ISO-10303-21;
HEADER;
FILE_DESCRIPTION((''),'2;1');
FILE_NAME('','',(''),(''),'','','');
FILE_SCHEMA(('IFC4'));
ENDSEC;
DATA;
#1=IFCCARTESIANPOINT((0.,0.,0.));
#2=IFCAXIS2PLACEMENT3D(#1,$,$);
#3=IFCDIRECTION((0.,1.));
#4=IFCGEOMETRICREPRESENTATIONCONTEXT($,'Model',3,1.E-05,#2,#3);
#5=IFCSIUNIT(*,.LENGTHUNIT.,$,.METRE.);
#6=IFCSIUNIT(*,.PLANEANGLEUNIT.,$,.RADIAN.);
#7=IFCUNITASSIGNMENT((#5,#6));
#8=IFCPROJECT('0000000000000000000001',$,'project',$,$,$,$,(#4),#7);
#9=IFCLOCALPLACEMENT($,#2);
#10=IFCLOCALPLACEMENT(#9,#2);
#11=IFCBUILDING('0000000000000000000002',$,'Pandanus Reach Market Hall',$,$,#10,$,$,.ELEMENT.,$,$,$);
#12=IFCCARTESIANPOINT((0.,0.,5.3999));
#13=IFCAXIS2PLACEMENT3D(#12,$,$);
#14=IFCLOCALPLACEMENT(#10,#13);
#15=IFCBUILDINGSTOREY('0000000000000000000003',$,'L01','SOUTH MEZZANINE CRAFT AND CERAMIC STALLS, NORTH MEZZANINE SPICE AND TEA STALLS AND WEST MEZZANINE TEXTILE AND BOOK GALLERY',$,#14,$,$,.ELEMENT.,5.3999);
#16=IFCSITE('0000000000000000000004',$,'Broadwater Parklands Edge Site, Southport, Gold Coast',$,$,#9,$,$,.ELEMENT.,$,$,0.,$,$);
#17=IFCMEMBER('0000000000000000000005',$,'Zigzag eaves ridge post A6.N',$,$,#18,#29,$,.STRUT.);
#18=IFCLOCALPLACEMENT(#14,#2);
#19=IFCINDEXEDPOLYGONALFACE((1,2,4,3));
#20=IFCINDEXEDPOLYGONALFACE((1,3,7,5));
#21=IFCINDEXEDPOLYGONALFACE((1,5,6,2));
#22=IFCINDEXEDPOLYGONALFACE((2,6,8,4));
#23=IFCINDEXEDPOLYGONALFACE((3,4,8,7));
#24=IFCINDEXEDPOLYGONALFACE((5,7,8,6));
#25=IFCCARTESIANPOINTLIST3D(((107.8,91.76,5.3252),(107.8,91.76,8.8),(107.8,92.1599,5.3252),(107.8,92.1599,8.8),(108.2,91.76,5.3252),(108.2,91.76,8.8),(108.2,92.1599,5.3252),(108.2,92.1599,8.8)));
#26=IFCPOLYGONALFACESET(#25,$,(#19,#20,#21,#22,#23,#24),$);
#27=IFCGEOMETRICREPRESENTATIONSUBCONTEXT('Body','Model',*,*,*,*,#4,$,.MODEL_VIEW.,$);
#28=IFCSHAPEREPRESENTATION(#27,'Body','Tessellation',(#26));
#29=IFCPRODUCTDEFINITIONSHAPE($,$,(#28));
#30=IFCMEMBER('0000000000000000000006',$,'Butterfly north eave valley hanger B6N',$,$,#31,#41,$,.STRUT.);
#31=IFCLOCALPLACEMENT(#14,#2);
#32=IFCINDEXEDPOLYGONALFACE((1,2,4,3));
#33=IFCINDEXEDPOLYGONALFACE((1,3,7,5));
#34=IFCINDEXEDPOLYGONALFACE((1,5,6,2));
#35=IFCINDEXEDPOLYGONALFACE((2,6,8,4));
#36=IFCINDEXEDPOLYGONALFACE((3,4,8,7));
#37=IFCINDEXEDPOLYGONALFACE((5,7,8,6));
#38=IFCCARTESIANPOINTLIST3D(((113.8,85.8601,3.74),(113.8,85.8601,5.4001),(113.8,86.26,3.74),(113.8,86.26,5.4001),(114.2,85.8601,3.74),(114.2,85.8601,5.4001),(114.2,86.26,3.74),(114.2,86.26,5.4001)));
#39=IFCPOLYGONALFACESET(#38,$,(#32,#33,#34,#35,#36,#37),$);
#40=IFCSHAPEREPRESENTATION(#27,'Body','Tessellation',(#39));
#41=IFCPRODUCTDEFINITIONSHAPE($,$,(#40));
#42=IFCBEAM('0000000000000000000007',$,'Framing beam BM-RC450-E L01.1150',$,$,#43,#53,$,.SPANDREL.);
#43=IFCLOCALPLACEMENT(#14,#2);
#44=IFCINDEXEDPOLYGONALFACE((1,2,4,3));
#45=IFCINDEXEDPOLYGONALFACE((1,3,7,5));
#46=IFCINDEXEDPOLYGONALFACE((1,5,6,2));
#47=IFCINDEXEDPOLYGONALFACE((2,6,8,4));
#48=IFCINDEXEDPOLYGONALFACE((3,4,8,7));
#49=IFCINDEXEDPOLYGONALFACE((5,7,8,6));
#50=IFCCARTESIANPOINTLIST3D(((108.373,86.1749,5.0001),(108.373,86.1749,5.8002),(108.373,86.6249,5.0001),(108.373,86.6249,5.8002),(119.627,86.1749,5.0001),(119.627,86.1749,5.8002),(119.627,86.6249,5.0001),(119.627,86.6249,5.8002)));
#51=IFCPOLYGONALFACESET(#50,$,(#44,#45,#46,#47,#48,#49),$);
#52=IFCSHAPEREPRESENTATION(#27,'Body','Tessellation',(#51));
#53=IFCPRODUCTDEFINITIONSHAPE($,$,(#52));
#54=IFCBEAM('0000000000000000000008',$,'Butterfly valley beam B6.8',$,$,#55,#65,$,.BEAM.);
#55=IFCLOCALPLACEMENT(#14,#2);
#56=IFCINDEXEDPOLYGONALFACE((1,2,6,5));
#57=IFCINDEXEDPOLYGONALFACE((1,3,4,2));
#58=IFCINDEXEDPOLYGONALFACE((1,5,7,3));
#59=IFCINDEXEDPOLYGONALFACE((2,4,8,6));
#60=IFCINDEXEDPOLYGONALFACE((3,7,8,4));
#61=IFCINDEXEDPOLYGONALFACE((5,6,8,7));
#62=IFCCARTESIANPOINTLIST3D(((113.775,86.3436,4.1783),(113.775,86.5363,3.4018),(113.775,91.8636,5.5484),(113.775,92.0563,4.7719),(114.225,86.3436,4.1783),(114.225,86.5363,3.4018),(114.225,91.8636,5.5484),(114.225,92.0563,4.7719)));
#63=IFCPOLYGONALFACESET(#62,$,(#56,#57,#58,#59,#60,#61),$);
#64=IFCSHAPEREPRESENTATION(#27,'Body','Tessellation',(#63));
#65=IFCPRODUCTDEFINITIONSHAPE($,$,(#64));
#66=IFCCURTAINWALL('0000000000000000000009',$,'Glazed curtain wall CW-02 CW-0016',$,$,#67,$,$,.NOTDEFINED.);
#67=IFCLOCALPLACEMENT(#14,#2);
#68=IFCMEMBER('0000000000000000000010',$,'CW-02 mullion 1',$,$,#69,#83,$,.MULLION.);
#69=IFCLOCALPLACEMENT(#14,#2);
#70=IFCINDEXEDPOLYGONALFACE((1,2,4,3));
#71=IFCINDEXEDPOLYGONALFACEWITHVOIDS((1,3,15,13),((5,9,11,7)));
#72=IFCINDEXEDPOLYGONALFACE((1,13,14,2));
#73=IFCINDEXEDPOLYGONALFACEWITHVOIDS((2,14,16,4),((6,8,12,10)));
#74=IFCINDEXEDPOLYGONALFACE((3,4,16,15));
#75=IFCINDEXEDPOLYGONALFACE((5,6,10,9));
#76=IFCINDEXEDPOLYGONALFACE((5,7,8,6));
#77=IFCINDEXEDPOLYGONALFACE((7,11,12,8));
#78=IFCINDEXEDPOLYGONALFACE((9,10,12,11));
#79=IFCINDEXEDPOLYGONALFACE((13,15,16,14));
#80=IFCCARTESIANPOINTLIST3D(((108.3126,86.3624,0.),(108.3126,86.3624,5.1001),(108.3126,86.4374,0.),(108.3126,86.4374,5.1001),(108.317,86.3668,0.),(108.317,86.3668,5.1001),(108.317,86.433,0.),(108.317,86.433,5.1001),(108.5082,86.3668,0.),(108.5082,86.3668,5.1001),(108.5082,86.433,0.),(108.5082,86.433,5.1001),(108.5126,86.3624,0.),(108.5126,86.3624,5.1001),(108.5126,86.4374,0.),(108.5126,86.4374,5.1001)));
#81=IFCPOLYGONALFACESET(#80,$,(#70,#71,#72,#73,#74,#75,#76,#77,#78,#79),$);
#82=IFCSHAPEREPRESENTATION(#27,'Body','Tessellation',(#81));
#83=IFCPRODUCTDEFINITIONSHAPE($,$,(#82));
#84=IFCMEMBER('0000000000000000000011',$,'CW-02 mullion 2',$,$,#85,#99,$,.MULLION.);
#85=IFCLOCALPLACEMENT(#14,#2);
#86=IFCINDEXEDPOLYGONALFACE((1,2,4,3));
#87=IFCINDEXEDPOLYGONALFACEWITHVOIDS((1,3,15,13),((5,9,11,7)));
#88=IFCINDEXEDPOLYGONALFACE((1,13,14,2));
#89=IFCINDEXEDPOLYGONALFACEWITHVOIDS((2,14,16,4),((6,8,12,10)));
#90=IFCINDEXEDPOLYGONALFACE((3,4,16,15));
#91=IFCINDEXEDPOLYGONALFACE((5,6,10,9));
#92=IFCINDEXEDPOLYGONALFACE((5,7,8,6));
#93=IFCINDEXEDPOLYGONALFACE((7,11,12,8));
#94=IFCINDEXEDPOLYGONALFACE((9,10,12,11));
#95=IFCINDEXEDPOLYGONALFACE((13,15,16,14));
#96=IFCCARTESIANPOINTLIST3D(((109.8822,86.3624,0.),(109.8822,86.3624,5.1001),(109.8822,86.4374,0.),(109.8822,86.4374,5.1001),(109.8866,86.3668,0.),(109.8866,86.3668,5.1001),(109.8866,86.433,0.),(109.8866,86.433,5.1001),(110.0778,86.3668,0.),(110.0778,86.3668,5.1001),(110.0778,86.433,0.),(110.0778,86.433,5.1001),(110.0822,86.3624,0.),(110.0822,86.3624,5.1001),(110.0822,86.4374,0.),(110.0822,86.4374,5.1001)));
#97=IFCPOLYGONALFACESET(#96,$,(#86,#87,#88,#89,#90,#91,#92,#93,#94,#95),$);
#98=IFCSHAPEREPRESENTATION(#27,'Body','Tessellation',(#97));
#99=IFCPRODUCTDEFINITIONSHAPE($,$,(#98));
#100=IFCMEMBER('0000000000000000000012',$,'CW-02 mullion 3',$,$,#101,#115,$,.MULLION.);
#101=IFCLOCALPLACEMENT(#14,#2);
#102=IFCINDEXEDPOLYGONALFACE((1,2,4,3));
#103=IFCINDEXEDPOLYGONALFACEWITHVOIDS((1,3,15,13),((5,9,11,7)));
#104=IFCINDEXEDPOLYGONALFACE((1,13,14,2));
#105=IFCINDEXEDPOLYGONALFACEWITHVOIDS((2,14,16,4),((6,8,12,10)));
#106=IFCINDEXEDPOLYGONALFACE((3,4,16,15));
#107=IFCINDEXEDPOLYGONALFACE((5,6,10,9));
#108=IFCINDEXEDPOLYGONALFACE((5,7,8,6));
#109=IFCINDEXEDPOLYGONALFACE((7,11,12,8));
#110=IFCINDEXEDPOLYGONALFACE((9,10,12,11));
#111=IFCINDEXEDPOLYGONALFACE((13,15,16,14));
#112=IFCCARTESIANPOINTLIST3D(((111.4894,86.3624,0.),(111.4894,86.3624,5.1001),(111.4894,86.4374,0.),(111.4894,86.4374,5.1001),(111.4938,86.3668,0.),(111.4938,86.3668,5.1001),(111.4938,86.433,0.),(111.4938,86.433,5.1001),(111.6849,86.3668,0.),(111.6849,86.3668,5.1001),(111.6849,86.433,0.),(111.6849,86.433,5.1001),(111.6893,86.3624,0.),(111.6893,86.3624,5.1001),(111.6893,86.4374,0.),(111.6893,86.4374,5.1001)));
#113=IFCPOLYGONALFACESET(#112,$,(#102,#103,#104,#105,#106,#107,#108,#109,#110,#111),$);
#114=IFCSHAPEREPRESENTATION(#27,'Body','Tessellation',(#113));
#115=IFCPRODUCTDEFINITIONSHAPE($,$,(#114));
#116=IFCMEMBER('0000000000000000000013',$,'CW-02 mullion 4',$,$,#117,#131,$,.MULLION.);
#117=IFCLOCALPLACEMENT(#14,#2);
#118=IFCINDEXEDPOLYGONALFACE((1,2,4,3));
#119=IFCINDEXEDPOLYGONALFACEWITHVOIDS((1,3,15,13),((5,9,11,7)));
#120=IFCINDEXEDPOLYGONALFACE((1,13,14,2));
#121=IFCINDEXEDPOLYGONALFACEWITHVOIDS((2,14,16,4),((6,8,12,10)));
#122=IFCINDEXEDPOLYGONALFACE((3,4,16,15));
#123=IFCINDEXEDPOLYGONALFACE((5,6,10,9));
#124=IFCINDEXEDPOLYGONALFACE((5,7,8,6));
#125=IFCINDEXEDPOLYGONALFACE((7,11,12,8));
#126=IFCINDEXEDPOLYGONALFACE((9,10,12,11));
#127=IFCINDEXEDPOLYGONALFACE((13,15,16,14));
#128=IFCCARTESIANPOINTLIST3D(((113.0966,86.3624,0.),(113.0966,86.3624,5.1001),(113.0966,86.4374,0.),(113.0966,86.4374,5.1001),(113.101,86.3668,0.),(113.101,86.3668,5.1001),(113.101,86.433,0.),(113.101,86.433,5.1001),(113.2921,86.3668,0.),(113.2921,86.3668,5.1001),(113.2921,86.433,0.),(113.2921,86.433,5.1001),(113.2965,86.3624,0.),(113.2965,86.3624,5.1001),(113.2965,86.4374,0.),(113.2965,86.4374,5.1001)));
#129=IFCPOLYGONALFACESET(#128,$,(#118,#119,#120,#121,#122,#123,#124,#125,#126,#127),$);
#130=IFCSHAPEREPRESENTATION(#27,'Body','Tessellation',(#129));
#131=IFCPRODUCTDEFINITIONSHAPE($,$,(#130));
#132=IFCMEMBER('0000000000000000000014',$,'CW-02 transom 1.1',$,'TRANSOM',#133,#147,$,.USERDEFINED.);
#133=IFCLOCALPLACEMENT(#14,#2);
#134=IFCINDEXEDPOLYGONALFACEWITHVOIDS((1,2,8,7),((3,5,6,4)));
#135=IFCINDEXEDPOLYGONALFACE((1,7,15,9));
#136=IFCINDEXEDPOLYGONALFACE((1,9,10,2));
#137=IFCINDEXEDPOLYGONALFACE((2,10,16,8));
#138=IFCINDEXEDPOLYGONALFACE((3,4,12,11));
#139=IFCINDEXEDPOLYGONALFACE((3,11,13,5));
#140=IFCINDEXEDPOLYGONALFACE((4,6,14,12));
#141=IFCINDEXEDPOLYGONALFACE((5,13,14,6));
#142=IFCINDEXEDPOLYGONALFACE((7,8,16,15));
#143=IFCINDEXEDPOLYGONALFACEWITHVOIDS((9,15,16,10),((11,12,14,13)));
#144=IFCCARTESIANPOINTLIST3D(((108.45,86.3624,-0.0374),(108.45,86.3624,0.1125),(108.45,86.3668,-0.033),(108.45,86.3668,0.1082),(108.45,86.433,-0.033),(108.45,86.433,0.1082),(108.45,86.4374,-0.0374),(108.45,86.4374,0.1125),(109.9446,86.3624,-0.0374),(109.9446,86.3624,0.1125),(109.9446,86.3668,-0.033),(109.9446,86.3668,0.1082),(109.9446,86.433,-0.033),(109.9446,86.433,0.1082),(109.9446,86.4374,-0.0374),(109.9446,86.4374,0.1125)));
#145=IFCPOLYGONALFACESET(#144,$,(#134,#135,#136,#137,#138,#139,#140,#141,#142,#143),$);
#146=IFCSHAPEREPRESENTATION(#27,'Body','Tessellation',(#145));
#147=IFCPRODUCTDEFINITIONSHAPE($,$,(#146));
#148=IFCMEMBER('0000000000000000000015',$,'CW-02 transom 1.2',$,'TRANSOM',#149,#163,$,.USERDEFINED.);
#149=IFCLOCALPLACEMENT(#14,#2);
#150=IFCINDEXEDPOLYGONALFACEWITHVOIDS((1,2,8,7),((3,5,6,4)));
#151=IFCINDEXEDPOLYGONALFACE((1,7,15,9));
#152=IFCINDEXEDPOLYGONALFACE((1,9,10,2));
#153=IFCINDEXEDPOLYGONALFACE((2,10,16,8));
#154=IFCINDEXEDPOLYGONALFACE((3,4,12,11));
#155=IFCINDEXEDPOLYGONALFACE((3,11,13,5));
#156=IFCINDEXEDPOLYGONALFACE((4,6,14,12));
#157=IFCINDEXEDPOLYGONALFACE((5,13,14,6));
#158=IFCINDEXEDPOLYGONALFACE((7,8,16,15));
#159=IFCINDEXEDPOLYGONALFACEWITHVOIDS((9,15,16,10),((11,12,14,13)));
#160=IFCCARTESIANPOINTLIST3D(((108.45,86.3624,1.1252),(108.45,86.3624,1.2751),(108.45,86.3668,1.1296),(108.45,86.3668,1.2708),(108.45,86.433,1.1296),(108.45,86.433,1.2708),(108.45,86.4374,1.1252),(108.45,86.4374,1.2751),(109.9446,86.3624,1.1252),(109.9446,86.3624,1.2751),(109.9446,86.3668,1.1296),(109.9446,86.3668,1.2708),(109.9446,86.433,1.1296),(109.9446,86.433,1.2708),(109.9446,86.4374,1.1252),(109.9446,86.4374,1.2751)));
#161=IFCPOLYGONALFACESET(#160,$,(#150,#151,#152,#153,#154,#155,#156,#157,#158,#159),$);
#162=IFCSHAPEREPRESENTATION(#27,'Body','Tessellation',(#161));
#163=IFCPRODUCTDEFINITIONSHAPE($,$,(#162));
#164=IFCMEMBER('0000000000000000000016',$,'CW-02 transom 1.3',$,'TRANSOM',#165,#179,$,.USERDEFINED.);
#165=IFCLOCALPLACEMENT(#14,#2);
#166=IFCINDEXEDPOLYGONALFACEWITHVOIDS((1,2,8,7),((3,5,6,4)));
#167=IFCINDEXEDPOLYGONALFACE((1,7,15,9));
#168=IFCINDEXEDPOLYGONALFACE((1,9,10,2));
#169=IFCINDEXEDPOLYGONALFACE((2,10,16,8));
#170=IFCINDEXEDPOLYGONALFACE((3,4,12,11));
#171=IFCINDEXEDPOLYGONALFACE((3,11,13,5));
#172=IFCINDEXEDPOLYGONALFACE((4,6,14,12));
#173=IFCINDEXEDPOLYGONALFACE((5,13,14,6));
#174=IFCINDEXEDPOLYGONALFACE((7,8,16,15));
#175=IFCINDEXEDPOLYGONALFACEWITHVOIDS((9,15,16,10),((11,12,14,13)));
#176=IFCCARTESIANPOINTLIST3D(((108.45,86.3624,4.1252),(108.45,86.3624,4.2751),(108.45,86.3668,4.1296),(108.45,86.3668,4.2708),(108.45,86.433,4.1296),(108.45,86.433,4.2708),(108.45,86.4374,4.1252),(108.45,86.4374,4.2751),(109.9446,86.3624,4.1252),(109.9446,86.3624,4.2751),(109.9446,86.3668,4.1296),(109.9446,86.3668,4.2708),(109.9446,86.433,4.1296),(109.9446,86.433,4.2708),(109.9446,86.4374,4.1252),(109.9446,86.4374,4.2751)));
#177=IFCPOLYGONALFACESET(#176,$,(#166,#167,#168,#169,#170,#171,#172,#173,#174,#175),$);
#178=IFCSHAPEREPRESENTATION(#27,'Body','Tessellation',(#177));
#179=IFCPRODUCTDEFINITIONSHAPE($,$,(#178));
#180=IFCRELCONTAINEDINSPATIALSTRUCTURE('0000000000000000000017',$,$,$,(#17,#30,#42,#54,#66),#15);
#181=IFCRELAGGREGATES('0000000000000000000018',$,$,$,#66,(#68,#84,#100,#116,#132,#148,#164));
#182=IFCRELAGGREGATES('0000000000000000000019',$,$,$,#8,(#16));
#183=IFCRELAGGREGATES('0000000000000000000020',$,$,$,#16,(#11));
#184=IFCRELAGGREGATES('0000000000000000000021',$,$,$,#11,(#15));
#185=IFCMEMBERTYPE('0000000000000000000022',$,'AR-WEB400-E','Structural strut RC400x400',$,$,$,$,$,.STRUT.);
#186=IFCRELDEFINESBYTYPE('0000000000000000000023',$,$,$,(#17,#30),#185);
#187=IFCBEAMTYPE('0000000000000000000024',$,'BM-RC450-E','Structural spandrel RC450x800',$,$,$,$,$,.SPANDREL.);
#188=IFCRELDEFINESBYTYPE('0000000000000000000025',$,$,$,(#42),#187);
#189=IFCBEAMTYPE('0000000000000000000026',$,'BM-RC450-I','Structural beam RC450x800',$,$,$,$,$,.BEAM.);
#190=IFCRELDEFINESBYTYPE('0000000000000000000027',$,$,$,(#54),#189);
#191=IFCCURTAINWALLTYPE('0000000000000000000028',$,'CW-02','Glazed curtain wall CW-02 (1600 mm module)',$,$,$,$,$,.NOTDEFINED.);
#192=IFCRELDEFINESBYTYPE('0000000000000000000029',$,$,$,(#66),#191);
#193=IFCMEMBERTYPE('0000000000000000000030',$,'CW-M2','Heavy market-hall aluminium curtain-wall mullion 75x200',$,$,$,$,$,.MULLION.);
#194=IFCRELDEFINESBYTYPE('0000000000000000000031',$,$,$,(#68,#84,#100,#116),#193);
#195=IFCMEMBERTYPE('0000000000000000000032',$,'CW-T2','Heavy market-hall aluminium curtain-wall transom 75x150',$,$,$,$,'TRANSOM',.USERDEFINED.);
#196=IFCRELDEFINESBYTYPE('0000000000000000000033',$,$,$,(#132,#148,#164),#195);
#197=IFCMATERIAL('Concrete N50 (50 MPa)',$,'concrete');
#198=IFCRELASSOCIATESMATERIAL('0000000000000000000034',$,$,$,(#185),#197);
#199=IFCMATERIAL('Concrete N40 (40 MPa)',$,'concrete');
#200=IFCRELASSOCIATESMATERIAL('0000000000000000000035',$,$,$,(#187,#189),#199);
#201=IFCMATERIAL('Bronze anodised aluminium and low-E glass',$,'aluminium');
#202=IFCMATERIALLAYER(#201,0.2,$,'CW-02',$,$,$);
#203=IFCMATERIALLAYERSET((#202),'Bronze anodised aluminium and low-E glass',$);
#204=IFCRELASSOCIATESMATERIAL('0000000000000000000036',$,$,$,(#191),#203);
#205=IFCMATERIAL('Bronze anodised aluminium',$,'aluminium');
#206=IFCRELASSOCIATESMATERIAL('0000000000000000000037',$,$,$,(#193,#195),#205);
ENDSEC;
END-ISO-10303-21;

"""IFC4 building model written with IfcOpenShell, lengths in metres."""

from ifc_helpers import new_model, si_unit, direction, frame, origin, origin_2d, place, context, subcontext, project, spatial, rectangle, hollow_rectangle, extrude, material, layer, layer_set, material_profile, profile_set, type_object, element, aggregate, save


model = new_model("IFC4")

# Units and contexts
model_context = context("Model", 3, precision=1e-05, world=origin(), true_north=direction((0.0, 1.0)))
body_context = subcontext(model_context, "Body", "Model", "MODEL_VIEW")
ifc_project = project(units=[si_unit("LENGTHUNIT", "METRE"), si_unit("PLANEANGLEUNIT", "RADIAN")], contexts=[model_context])

# Site, building, storey
site_placement = place(None, origin())
site = spatial("IfcSite", under=ifc_project, at=site_placement, Name="Broadwater Parklands Edge Site, Southport, Gold Coast", CompositionType="ELEMENT", RefElevation=0.0)
building_placement = place(site_placement, origin())
building = spatial("IfcBuilding", under=site, at=building_placement, Name="Pandanus Reach Market Hall", CompositionType="ELEMENT")
storey_placement = place(building_placement, frame((0.0, 0.0, 5.3999)))
storey = spatial("IfcBuildingStorey", under=building, at=storey_placement, Name="L01", Description="SOUTH MEZZANINE CRAFT AND CERAMIC STALLS, NORTH MEZZANINE SPICE AND TEA STALLS AND WEST MEZZANINE TEXTILE AND BOOK GALLERY", CompositionType="ELEMENT", Elevation=5.3999)

# Members
ifc_material_1 = material(Name="Concrete N50 (50 MPa)", Category="concrete")
ifc_material_profile_1 = material_profile(ifc_material_1, rectangle(XDim=0.3999, YDim=0.3999, at=origin_2d()), Name="RC400x400", Category="LoadBearing")
ifc_profile_set_1 = profile_set([ifc_material_profile_1], Name="Concrete N50 (50 MPa)")
member_type_1 = type_object("IfcMemberType", Name="AR-WEB400-E", Description="Structural strut RC400x400", PredefinedType="STRUT", material=ifc_profile_set_1)
member_1_placement = place(storey_placement, frame((108.0, 91.96, 5.3252), z_axis=(0.0, 0.0, 1.0), x_axis=(1.0, 0.0, 0.0)))
element("IfcMember", 1, at=member_1_placement, inside=storey, type_object=member_type_1, Name="Zigzag eaves ridge post A6.N", PredefinedType="STRUT", context=body_context, shape_type="SweptSolid", body=[
    extrude(rectangle(XDim=0.3999, YDim=0.3999, at=origin_2d()), origin(), (0.0, 0.0, 1.0), 3.4749),
])
member_2_placement = place(storey_placement, frame((114.0, 86.0601, 3.74), z_axis=(0.0, 0.0, 1.0), x_axis=(1.0, 0.0, 0.0)))
element("IfcMember", 2, at=member_2_placement, inside=storey, type_object=member_type_1, Name="Butterfly north eave valley hanger B6N", PredefinedType="STRUT", context=body_context, shape_type="SweptSolid", body=[
    extrude(rectangle(XDim=0.3999, YDim=0.3999, at=origin_2d()), origin(), (0.0, 0.0, 1.0), 1.6602),
])

# Beams
ifc_material_2 = material(Name="Concrete N40 (40 MPa)", Category="concrete")
ifc_material_profile_2 = material_profile(ifc_material_2, rectangle(XDim=0.45, YDim=0.8, at=origin_2d()), Name="RC450x800", Category="LoadBearing")
ifc_profile_set_2 = profile_set([ifc_material_profile_2], Name="Concrete N40 (40 MPa)")
beam_type_1 = type_object("IfcBeamType", Name="BM-RC450-E", Description="Structural spandrel RC450x800", PredefinedType="SPANDREL", material=ifc_profile_set_2)
beam_1_placement = place(storey_placement, frame((108.373, 86.3999, 5.4001), z_axis=(1.0, 0.0, 0.0), x_axis=(0.0, 1.0, 0.0)))
element("IfcBeam", 3, at=beam_1_placement, inside=storey, type_object=beam_type_1, Name="Framing beam BM-RC450-E L01.1150", PredefinedType="SPANDREL", context=body_context, shape_type="SweptSolid", body=[
    extrude(rectangle(XDim=0.45, YDim=0.8, at=origin_2d()), origin(), (0.0, 0.0, 1.0), 11.2539),
])
ifc_material_profile_3 = material_profile(ifc_material_2, rectangle(XDim=0.45, YDim=0.8, at=origin_2d()), Name="RC450x800", Category="LoadBearing")
ifc_profile_set_3 = profile_set([ifc_material_profile_3], Name="Concrete N40 (40 MPa)")
beam_type_2 = type_object("IfcBeamType", Name="BM-RC450-I", Description="Structural beam RC450x800", PredefinedType="BEAM", material=ifc_profile_set_3)
beam_2_placement = place(storey_placement, frame((114.0, 86.4399, 3.79), z_axis=(0.0, 0.97055, 0.240899), x_axis=(-1.0, 0.0, 0.0)))
element("IfcBeam", 4, at=beam_2_placement, inside=storey, type_object=beam_type_2, Name="Butterfly valley beam B6.8", PredefinedType="BEAM", context=body_context, shape_type="SweptSolid", body=[
    extrude(rectangle(XDim=0.45, YDim=0.8, at=origin_2d()), origin(), (0.0, 0.0, 1.0), 5.6875),
])

# Curtain wall, members
ifc_material_3 = material(Name="Bronze anodised aluminium and low-E glass", Category="aluminium")
ifc_layer_1 = layer(ifc_material_3, 0.2, Name="CW-02")
ifc_layer_set_1 = layer_set([ifc_layer_1], Name="Bronze anodised aluminium and low-E glass")
curtain_wall_type = type_object("IfcCurtainWallType", Name="CW-02", Description="Glazed curtain wall CW-02 (1600 mm module)", PredefinedType="NOTDEFINED", material=ifc_layer_set_1)
curtain_wall_placement = place(storey_placement, origin())
curtain_wall = element("IfcCurtainWall", 5, at=curtain_wall_placement, inside=storey, type_object=curtain_wall_type, Name="Glazed curtain wall CW-02 CW-0016", PredefinedType="NOTDEFINED")
ifc_material_4 = material(Name="Bronze anodised aluminium", Category="aluminium")
ifc_material_profile_4 = material_profile(ifc_material_4, hollow_rectangle(XDim=0.075, YDim=0.2, WallThickness=0.0044, at=origin_2d()), Name="ALU75x200", Category="LoadBearing")
ifc_profile_set_4 = profile_set([ifc_material_profile_4], Name="Bronze anodised aluminium")
member_type_2 = type_object("IfcMemberType", Name="CW-M2", Description="Heavy market-hall aluminium curtain-wall mullion 75x200", PredefinedType="MULLION", material=ifc_profile_set_4)
member_3_placement = place(storey_placement, frame((108.4126, 86.3999, 0.0), z_axis=(0.0, 0.0, 1.0), x_axis=(0.0, 1.0, 0.0)))
member_3 = element("IfcMember", 6, at=member_3_placement, type_object=member_type_2, Name="CW-02 mullion 1", PredefinedType="MULLION", context=body_context, shape_type="SweptSolid", body=[
    extrude(hollow_rectangle(XDim=0.075, YDim=0.2, WallThickness=0.0044, at=origin_2d()), origin(), (0.0, 0.0, 1.0), 5.1001),
])
member_4_placement = place(storey_placement, frame((109.9822, 86.3999, 0.0), z_axis=(0.0, 0.0, 1.0), x_axis=(0.0, 1.0, 0.0)))
member_4 = element("IfcMember", 7, at=member_4_placement, type_object=member_type_2, Name="CW-02 mullion 2", PredefinedType="MULLION", context=body_context, shape_type="SweptSolid", body=[
    extrude(hollow_rectangle(XDim=0.075, YDim=0.2, WallThickness=0.0044, at=origin_2d()), origin(), (0.0, 0.0, 1.0), 5.1001),
])
member_5_placement = place(storey_placement, frame((111.5894, 86.3999, 0.0), z_axis=(0.0, 0.0, 1.0), x_axis=(0.0, 1.0, 0.0)))
member_5 = element("IfcMember", 8, at=member_5_placement, type_object=member_type_2, Name="CW-02 mullion 3", PredefinedType="MULLION", context=body_context, shape_type="SweptSolid", body=[
    extrude(hollow_rectangle(XDim=0.075, YDim=0.2, WallThickness=0.0044, at=origin_2d()), origin(), (0.0, 0.0, 1.0), 5.1001),
])
member_6_placement = place(storey_placement, frame((113.1965, 86.3999, 0.0), z_axis=(0.0, 0.0, 1.0), x_axis=(0.0, 1.0, 0.0)))
member_6 = element("IfcMember", 9, at=member_6_placement, type_object=member_type_2, Name="CW-02 mullion 4", PredefinedType="MULLION", context=body_context, shape_type="SweptSolid", body=[
    extrude(hollow_rectangle(XDim=0.075, YDim=0.2, WallThickness=0.0044, at=origin_2d()), origin(), (0.0, 0.0, 1.0), 5.1001),
])
ifc_material_profile_5 = material_profile(ifc_material_4, hollow_rectangle(XDim=0.075, YDim=0.1499, WallThickness=0.0044, at=origin_2d()), Name="ALU75x150", Category="LoadBearing")
ifc_profile_set_5 = profile_set([ifc_material_profile_5], Name="Bronze anodised aluminium")
member_type_3 = type_object("IfcMemberType", Name="CW-T2", Description="Heavy market-hall aluminium curtain-wall transom 75x150", ElementType="TRANSOM", PredefinedType="USERDEFINED", material=ifc_profile_set_5)
member_7_placement = place(storey_placement, frame((108.45, 86.3999, 0.0376), z_axis=(1.0, 0.0, 0.0), x_axis=(0.0, 1.0, 0.0)))
member_7 = element("IfcMember", 10, at=member_7_placement, type_object=member_type_3, Name="CW-02 transom 1.1", ObjectType="TRANSOM", PredefinedType="USERDEFINED", context=body_context, shape_type="SweptSolid", body=[
    extrude(hollow_rectangle(XDim=0.075, YDim=0.1499, WallThickness=0.0044, at=origin_2d()), origin(), (0.0, 0.0, 1.0), 1.4946),
])
member_8_placement = place(storey_placement, frame((108.45, 86.3999, 1.2002), z_axis=(1.0, 0.0, 0.0), x_axis=(0.0, 1.0, 0.0)))
member_8 = element("IfcMember", 11, at=member_8_placement, type_object=member_type_3, Name="CW-02 transom 1.2", ObjectType="TRANSOM", PredefinedType="USERDEFINED", context=body_context, shape_type="SweptSolid", body=[
    extrude(hollow_rectangle(XDim=0.075, YDim=0.1499, WallThickness=0.0044, at=origin_2d()), origin(), (0.0, 0.0, 1.0), 1.4946),
])
member_9_placement = place(storey_placement, frame((108.45, 86.3999, 4.2002), z_axis=(1.0, 0.0, 0.0), x_axis=(0.0, 1.0, 0.0)))
member_9 = element("IfcMember", 12, at=member_9_placement, type_object=member_type_3, Name="CW-02 transom 1.3", ObjectType="TRANSOM", PredefinedType="USERDEFINED", context=body_context, shape_type="SweptSolid", body=[
    extrude(hollow_rectangle(XDim=0.075, YDim=0.1499, WallThickness=0.0044, at=origin_2d()), origin(), (0.0, 0.0, 1.0), 1.4946),
])
aggregate(curtain_wall, [member_3, member_4, member_5, member_6, member_7, member_8, member_9])

save(model, "model.ifc")
